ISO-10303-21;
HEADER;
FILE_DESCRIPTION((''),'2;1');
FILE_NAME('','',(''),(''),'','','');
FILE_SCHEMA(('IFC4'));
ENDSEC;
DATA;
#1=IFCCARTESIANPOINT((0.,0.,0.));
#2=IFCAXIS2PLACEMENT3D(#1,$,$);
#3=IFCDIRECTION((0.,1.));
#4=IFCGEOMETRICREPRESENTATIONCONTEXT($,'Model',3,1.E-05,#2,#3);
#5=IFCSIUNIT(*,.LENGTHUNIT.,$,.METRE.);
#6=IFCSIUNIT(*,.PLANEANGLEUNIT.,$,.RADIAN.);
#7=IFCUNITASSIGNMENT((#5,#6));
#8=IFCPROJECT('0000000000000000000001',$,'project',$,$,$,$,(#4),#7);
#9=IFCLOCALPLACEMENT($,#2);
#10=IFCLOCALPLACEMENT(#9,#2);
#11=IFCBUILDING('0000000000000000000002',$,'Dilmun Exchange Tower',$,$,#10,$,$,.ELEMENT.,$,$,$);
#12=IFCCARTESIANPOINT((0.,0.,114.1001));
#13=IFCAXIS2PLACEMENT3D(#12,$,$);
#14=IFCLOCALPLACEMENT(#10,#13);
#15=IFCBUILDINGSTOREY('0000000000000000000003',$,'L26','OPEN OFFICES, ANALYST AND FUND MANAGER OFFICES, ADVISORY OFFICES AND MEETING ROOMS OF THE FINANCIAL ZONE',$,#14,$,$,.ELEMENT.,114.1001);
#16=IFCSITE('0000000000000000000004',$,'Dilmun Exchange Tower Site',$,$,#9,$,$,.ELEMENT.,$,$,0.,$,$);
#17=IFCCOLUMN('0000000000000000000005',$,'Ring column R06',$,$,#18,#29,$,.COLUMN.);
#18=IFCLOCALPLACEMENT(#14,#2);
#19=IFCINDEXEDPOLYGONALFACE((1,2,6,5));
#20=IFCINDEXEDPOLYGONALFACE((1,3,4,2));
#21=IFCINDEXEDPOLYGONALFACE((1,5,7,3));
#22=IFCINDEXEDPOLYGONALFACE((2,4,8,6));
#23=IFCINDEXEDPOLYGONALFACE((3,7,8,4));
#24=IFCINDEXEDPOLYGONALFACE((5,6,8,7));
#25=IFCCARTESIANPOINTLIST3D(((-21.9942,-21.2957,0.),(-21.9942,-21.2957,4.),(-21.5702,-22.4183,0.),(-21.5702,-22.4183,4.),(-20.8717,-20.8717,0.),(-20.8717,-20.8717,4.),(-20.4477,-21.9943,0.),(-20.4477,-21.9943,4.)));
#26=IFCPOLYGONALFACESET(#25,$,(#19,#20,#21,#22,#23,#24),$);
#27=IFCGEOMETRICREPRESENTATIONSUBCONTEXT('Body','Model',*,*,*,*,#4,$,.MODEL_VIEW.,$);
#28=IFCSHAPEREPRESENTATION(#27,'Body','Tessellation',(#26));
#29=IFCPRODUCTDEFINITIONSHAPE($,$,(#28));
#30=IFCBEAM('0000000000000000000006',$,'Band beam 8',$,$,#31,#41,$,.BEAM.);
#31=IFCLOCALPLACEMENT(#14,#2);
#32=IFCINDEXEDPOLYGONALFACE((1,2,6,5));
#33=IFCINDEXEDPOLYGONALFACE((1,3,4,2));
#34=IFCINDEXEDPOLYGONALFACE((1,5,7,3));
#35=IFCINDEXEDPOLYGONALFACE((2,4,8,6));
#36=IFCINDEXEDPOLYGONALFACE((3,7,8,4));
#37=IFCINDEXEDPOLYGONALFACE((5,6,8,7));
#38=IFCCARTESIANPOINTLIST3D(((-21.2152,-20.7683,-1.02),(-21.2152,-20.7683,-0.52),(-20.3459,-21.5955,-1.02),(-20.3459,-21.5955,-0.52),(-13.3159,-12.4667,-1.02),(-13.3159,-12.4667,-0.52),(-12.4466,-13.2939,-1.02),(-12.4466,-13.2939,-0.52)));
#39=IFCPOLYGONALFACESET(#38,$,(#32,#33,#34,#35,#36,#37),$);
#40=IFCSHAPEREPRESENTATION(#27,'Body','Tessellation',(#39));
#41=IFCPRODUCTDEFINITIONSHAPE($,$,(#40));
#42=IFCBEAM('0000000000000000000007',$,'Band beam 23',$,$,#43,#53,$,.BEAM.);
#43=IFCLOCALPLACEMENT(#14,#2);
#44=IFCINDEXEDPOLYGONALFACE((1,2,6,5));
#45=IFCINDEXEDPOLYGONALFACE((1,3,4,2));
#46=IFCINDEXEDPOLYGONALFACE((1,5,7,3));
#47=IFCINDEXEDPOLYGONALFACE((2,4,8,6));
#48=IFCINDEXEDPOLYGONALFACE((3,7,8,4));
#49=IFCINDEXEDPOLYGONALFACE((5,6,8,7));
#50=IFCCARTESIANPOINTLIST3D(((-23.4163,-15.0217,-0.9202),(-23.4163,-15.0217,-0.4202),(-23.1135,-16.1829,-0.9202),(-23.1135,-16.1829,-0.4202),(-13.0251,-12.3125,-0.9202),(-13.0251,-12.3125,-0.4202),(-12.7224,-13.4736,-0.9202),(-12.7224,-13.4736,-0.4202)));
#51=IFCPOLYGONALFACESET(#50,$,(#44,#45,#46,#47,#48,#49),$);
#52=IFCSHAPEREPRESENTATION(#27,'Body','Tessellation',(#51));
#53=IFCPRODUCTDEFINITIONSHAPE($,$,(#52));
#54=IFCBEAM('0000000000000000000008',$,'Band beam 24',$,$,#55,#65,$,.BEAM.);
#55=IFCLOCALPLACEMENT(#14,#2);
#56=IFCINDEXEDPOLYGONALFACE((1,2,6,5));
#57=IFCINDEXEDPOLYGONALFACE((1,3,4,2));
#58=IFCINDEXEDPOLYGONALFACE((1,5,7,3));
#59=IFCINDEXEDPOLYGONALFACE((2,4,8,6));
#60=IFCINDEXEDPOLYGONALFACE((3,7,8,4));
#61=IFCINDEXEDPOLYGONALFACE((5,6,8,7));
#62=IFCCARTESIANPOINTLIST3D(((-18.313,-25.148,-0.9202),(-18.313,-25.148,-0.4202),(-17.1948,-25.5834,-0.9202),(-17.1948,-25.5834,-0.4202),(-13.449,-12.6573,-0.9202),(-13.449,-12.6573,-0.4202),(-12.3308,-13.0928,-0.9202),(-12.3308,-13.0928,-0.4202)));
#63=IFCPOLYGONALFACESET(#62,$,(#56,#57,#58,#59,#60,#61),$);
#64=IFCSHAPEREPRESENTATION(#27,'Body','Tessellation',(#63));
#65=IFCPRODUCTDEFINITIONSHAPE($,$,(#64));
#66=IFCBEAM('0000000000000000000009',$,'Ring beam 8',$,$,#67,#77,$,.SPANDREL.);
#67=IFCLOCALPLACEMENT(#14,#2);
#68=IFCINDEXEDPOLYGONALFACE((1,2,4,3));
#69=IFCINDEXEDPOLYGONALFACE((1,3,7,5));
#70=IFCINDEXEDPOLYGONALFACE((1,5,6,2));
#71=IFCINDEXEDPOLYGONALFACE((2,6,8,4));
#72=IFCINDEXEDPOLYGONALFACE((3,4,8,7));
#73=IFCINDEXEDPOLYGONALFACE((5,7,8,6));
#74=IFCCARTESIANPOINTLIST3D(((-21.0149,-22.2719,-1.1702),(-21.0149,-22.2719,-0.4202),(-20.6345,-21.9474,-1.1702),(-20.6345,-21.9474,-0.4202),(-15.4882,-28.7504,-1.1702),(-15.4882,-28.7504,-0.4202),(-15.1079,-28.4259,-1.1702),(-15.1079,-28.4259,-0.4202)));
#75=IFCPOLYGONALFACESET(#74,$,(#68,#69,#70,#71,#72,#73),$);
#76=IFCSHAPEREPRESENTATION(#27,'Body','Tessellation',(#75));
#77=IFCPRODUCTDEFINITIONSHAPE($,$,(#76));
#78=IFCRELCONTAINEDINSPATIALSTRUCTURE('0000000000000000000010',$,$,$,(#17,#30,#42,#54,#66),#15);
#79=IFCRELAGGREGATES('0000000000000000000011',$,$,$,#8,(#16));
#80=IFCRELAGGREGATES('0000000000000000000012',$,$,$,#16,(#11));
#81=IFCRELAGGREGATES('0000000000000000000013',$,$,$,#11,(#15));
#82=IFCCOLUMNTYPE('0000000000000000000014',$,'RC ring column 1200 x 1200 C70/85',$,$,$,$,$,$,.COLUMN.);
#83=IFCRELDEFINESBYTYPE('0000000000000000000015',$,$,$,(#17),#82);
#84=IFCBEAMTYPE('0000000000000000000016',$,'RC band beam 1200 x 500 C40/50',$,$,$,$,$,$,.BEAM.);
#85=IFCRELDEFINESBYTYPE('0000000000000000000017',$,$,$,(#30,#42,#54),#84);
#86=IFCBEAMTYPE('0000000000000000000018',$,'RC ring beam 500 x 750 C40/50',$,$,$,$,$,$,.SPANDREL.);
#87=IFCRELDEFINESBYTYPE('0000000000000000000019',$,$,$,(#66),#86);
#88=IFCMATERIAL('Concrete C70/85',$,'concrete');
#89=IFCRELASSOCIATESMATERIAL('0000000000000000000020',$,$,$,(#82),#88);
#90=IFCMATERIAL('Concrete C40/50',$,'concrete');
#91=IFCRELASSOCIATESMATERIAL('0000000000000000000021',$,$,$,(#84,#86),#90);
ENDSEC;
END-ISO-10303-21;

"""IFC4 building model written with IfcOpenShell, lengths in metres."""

from ifc_helpers import new_model, si_unit, direction, frame, origin, origin_2d, place, context, subcontext, project, spatial, rectangle, extrude, material, material_profile, profile_set, type_object, element, save


model = new_model("IFC4")

# Units and contexts
model_context = context("Model", 3, precision=1e-05, world=origin(), true_north=direction((0.0, 1.0)))
body_context = subcontext(model_context, "Body", "Model", "MODEL_VIEW")
ifc_project = project(units=[si_unit("LENGTHUNIT", "METRE"), si_unit("PLANEANGLEUNIT", "RADIAN")], contexts=[model_context])

# Site, building, storey
site_placement = place(None, origin())
site = spatial("IfcSite", under=ifc_project, at=site_placement, Name="Dilmun Exchange Tower Site", CompositionType="ELEMENT", RefElevation=0.0)
building_placement = place(site_placement, origin())
building = spatial("IfcBuilding", under=site, at=building_placement, Name="Dilmun Exchange Tower", CompositionType="ELEMENT")
storey_placement = place(building_placement, frame((0.0, 0.0, 114.1001)))
storey = spatial("IfcBuildingStorey", under=building, at=storey_placement, Name="L26", Description="OPEN OFFICES, ANALYST AND FUND MANAGER OFFICES, ADVISORY OFFICES AND MEETING ROOMS OF THE FINANCIAL ZONE", CompositionType="ELEMENT", Elevation=114.1001)

# Column
ifc_material_1 = material(Name="Concrete C70/85", Category="concrete")
ifc_material_profile_1 = material_profile(ifc_material_1, rectangle(XDim=1.2, YDim=1.2, at=origin_2d()), Name="1200 x 1200")
ifc_profile_set_1 = profile_set([ifc_material_profile_1], Name="Concrete C70/85")
column_type = type_object("IfcColumnType", Name="RC ring column 1200 x 1200 C70/85", PredefinedType="COLUMN", material=ifc_profile_set_1)
column_placement = place(storey_placement, frame((-21.2209, -21.645, 0.0), z_axis=(0.0, 0.0, 1.0), x_axis=(0.935492, 0.353349, 0.0)))
element("IfcColumn", 1, at=column_placement, inside=storey, type_object=column_type, Name="Ring column R06", PredefinedType="COLUMN", context=body_context, shape_type="SweptSolid", body=[
    extrude(rectangle(XDim=1.2, YDim=1.2, at=origin_2d()), origin(), (0.0, 0.0, 1.0), 4.0),
])

# Beams
ifc_material_2 = material(Name="Concrete C40/50", Category="concrete")
ifc_material_profile_2 = material_profile(ifc_material_2, rectangle(XDim=1.2, YDim=0.5, at=origin_2d()), Name="1200 x 500")
ifc_profile_set_2 = profile_set([ifc_material_profile_2], Name="Concrete C40/50")
beam_type_1 = type_object("IfcBeamType", Name="RC band beam 1200 x 500 C40/50", PredefinedType="BEAM", material=ifc_profile_set_2)
beam_1_placement = place(storey_placement, frame((-20.7805, -21.1819, -0.77), z_axis=(0.689333, 0.724444, 0.0), x_axis=(-0.724444, 0.689333, 0.0)))
element("IfcBeam", 2, at=beam_1_placement, inside=storey, type_object=beam_type_1, Name="Band beam 8", PredefinedType="BEAM", context=body_context, shape_type="SweptSolid", body=[
    extrude(rectangle(XDim=1.2, YDim=0.5, at=origin_2d()), origin(), (0.0, 0.0, 1.0), 11.4592),
])
beam_2_placement = place(storey_placement, frame((-23.2649, -15.6023, -0.6702), z_axis=(0.967651, 0.252291, 0.0), x_axis=(-0.252291, 0.967651, 0.0)))
element("IfcBeam", 3, at=beam_2_placement, inside=storey, type_object=beam_type_1, Name="Band beam 23", PredefinedType="BEAM", context=body_context, shape_type="SweptSolid", body=[
    extrude(rectangle(XDim=1.2, YDim=0.5, at=origin_2d()), origin(), (0.0, 0.0, 1.0), 10.7385),
])
beam_3_placement = place(storey_placement, frame((-17.7539, -25.3657, -0.6702), z_axis=(0.362868, 0.931841, 0.0), x_axis=(-0.931841, 0.362868, 0.0)))
element("IfcBeam", 4, at=beam_3_placement, inside=storey, type_object=beam_type_1, Name="Band beam 24", PredefinedType="BEAM", context=body_context, shape_type="SweptSolid", body=[
    extrude(rectangle(XDim=1.2, YDim=0.5, at=origin_2d()), origin(), (0.0, 0.0, 1.0), 13.4043),
])
ifc_material_profile_3 = material_profile(ifc_material_2, rectangle(XDim=0.5, YDim=0.75, at=origin_2d()), Name="500 x 750")
ifc_profile_set_3 = profile_set([ifc_material_profile_3], Name="Concrete C40/50")
beam_type_2 = type_object("IfcBeamType", Name="RC ring beam 500 x 750 C40/50", PredefinedType="SPANDREL", material=ifc_profile_set_3)
beam_4_placement = place(storey_placement, frame((-20.8247, -22.1096, -0.7952), z_axis=(0.649002, -0.760786, 0.0), x_axis=(0.760786, 0.649002, 0.0)))
element("IfcBeam", 5, at=beam_4_placement, inside=storey, type_object=beam_type_2, Name="Ring beam 8", PredefinedType="SPANDREL", context=body_context, shape_type="SweptSolid", body=[
    extrude(rectangle(XDim=0.5, YDim=0.75, at=origin_2d()), origin(), (0.0, 0.0, 1.0), 8.5156),
])

save(model, "model.ifc")
